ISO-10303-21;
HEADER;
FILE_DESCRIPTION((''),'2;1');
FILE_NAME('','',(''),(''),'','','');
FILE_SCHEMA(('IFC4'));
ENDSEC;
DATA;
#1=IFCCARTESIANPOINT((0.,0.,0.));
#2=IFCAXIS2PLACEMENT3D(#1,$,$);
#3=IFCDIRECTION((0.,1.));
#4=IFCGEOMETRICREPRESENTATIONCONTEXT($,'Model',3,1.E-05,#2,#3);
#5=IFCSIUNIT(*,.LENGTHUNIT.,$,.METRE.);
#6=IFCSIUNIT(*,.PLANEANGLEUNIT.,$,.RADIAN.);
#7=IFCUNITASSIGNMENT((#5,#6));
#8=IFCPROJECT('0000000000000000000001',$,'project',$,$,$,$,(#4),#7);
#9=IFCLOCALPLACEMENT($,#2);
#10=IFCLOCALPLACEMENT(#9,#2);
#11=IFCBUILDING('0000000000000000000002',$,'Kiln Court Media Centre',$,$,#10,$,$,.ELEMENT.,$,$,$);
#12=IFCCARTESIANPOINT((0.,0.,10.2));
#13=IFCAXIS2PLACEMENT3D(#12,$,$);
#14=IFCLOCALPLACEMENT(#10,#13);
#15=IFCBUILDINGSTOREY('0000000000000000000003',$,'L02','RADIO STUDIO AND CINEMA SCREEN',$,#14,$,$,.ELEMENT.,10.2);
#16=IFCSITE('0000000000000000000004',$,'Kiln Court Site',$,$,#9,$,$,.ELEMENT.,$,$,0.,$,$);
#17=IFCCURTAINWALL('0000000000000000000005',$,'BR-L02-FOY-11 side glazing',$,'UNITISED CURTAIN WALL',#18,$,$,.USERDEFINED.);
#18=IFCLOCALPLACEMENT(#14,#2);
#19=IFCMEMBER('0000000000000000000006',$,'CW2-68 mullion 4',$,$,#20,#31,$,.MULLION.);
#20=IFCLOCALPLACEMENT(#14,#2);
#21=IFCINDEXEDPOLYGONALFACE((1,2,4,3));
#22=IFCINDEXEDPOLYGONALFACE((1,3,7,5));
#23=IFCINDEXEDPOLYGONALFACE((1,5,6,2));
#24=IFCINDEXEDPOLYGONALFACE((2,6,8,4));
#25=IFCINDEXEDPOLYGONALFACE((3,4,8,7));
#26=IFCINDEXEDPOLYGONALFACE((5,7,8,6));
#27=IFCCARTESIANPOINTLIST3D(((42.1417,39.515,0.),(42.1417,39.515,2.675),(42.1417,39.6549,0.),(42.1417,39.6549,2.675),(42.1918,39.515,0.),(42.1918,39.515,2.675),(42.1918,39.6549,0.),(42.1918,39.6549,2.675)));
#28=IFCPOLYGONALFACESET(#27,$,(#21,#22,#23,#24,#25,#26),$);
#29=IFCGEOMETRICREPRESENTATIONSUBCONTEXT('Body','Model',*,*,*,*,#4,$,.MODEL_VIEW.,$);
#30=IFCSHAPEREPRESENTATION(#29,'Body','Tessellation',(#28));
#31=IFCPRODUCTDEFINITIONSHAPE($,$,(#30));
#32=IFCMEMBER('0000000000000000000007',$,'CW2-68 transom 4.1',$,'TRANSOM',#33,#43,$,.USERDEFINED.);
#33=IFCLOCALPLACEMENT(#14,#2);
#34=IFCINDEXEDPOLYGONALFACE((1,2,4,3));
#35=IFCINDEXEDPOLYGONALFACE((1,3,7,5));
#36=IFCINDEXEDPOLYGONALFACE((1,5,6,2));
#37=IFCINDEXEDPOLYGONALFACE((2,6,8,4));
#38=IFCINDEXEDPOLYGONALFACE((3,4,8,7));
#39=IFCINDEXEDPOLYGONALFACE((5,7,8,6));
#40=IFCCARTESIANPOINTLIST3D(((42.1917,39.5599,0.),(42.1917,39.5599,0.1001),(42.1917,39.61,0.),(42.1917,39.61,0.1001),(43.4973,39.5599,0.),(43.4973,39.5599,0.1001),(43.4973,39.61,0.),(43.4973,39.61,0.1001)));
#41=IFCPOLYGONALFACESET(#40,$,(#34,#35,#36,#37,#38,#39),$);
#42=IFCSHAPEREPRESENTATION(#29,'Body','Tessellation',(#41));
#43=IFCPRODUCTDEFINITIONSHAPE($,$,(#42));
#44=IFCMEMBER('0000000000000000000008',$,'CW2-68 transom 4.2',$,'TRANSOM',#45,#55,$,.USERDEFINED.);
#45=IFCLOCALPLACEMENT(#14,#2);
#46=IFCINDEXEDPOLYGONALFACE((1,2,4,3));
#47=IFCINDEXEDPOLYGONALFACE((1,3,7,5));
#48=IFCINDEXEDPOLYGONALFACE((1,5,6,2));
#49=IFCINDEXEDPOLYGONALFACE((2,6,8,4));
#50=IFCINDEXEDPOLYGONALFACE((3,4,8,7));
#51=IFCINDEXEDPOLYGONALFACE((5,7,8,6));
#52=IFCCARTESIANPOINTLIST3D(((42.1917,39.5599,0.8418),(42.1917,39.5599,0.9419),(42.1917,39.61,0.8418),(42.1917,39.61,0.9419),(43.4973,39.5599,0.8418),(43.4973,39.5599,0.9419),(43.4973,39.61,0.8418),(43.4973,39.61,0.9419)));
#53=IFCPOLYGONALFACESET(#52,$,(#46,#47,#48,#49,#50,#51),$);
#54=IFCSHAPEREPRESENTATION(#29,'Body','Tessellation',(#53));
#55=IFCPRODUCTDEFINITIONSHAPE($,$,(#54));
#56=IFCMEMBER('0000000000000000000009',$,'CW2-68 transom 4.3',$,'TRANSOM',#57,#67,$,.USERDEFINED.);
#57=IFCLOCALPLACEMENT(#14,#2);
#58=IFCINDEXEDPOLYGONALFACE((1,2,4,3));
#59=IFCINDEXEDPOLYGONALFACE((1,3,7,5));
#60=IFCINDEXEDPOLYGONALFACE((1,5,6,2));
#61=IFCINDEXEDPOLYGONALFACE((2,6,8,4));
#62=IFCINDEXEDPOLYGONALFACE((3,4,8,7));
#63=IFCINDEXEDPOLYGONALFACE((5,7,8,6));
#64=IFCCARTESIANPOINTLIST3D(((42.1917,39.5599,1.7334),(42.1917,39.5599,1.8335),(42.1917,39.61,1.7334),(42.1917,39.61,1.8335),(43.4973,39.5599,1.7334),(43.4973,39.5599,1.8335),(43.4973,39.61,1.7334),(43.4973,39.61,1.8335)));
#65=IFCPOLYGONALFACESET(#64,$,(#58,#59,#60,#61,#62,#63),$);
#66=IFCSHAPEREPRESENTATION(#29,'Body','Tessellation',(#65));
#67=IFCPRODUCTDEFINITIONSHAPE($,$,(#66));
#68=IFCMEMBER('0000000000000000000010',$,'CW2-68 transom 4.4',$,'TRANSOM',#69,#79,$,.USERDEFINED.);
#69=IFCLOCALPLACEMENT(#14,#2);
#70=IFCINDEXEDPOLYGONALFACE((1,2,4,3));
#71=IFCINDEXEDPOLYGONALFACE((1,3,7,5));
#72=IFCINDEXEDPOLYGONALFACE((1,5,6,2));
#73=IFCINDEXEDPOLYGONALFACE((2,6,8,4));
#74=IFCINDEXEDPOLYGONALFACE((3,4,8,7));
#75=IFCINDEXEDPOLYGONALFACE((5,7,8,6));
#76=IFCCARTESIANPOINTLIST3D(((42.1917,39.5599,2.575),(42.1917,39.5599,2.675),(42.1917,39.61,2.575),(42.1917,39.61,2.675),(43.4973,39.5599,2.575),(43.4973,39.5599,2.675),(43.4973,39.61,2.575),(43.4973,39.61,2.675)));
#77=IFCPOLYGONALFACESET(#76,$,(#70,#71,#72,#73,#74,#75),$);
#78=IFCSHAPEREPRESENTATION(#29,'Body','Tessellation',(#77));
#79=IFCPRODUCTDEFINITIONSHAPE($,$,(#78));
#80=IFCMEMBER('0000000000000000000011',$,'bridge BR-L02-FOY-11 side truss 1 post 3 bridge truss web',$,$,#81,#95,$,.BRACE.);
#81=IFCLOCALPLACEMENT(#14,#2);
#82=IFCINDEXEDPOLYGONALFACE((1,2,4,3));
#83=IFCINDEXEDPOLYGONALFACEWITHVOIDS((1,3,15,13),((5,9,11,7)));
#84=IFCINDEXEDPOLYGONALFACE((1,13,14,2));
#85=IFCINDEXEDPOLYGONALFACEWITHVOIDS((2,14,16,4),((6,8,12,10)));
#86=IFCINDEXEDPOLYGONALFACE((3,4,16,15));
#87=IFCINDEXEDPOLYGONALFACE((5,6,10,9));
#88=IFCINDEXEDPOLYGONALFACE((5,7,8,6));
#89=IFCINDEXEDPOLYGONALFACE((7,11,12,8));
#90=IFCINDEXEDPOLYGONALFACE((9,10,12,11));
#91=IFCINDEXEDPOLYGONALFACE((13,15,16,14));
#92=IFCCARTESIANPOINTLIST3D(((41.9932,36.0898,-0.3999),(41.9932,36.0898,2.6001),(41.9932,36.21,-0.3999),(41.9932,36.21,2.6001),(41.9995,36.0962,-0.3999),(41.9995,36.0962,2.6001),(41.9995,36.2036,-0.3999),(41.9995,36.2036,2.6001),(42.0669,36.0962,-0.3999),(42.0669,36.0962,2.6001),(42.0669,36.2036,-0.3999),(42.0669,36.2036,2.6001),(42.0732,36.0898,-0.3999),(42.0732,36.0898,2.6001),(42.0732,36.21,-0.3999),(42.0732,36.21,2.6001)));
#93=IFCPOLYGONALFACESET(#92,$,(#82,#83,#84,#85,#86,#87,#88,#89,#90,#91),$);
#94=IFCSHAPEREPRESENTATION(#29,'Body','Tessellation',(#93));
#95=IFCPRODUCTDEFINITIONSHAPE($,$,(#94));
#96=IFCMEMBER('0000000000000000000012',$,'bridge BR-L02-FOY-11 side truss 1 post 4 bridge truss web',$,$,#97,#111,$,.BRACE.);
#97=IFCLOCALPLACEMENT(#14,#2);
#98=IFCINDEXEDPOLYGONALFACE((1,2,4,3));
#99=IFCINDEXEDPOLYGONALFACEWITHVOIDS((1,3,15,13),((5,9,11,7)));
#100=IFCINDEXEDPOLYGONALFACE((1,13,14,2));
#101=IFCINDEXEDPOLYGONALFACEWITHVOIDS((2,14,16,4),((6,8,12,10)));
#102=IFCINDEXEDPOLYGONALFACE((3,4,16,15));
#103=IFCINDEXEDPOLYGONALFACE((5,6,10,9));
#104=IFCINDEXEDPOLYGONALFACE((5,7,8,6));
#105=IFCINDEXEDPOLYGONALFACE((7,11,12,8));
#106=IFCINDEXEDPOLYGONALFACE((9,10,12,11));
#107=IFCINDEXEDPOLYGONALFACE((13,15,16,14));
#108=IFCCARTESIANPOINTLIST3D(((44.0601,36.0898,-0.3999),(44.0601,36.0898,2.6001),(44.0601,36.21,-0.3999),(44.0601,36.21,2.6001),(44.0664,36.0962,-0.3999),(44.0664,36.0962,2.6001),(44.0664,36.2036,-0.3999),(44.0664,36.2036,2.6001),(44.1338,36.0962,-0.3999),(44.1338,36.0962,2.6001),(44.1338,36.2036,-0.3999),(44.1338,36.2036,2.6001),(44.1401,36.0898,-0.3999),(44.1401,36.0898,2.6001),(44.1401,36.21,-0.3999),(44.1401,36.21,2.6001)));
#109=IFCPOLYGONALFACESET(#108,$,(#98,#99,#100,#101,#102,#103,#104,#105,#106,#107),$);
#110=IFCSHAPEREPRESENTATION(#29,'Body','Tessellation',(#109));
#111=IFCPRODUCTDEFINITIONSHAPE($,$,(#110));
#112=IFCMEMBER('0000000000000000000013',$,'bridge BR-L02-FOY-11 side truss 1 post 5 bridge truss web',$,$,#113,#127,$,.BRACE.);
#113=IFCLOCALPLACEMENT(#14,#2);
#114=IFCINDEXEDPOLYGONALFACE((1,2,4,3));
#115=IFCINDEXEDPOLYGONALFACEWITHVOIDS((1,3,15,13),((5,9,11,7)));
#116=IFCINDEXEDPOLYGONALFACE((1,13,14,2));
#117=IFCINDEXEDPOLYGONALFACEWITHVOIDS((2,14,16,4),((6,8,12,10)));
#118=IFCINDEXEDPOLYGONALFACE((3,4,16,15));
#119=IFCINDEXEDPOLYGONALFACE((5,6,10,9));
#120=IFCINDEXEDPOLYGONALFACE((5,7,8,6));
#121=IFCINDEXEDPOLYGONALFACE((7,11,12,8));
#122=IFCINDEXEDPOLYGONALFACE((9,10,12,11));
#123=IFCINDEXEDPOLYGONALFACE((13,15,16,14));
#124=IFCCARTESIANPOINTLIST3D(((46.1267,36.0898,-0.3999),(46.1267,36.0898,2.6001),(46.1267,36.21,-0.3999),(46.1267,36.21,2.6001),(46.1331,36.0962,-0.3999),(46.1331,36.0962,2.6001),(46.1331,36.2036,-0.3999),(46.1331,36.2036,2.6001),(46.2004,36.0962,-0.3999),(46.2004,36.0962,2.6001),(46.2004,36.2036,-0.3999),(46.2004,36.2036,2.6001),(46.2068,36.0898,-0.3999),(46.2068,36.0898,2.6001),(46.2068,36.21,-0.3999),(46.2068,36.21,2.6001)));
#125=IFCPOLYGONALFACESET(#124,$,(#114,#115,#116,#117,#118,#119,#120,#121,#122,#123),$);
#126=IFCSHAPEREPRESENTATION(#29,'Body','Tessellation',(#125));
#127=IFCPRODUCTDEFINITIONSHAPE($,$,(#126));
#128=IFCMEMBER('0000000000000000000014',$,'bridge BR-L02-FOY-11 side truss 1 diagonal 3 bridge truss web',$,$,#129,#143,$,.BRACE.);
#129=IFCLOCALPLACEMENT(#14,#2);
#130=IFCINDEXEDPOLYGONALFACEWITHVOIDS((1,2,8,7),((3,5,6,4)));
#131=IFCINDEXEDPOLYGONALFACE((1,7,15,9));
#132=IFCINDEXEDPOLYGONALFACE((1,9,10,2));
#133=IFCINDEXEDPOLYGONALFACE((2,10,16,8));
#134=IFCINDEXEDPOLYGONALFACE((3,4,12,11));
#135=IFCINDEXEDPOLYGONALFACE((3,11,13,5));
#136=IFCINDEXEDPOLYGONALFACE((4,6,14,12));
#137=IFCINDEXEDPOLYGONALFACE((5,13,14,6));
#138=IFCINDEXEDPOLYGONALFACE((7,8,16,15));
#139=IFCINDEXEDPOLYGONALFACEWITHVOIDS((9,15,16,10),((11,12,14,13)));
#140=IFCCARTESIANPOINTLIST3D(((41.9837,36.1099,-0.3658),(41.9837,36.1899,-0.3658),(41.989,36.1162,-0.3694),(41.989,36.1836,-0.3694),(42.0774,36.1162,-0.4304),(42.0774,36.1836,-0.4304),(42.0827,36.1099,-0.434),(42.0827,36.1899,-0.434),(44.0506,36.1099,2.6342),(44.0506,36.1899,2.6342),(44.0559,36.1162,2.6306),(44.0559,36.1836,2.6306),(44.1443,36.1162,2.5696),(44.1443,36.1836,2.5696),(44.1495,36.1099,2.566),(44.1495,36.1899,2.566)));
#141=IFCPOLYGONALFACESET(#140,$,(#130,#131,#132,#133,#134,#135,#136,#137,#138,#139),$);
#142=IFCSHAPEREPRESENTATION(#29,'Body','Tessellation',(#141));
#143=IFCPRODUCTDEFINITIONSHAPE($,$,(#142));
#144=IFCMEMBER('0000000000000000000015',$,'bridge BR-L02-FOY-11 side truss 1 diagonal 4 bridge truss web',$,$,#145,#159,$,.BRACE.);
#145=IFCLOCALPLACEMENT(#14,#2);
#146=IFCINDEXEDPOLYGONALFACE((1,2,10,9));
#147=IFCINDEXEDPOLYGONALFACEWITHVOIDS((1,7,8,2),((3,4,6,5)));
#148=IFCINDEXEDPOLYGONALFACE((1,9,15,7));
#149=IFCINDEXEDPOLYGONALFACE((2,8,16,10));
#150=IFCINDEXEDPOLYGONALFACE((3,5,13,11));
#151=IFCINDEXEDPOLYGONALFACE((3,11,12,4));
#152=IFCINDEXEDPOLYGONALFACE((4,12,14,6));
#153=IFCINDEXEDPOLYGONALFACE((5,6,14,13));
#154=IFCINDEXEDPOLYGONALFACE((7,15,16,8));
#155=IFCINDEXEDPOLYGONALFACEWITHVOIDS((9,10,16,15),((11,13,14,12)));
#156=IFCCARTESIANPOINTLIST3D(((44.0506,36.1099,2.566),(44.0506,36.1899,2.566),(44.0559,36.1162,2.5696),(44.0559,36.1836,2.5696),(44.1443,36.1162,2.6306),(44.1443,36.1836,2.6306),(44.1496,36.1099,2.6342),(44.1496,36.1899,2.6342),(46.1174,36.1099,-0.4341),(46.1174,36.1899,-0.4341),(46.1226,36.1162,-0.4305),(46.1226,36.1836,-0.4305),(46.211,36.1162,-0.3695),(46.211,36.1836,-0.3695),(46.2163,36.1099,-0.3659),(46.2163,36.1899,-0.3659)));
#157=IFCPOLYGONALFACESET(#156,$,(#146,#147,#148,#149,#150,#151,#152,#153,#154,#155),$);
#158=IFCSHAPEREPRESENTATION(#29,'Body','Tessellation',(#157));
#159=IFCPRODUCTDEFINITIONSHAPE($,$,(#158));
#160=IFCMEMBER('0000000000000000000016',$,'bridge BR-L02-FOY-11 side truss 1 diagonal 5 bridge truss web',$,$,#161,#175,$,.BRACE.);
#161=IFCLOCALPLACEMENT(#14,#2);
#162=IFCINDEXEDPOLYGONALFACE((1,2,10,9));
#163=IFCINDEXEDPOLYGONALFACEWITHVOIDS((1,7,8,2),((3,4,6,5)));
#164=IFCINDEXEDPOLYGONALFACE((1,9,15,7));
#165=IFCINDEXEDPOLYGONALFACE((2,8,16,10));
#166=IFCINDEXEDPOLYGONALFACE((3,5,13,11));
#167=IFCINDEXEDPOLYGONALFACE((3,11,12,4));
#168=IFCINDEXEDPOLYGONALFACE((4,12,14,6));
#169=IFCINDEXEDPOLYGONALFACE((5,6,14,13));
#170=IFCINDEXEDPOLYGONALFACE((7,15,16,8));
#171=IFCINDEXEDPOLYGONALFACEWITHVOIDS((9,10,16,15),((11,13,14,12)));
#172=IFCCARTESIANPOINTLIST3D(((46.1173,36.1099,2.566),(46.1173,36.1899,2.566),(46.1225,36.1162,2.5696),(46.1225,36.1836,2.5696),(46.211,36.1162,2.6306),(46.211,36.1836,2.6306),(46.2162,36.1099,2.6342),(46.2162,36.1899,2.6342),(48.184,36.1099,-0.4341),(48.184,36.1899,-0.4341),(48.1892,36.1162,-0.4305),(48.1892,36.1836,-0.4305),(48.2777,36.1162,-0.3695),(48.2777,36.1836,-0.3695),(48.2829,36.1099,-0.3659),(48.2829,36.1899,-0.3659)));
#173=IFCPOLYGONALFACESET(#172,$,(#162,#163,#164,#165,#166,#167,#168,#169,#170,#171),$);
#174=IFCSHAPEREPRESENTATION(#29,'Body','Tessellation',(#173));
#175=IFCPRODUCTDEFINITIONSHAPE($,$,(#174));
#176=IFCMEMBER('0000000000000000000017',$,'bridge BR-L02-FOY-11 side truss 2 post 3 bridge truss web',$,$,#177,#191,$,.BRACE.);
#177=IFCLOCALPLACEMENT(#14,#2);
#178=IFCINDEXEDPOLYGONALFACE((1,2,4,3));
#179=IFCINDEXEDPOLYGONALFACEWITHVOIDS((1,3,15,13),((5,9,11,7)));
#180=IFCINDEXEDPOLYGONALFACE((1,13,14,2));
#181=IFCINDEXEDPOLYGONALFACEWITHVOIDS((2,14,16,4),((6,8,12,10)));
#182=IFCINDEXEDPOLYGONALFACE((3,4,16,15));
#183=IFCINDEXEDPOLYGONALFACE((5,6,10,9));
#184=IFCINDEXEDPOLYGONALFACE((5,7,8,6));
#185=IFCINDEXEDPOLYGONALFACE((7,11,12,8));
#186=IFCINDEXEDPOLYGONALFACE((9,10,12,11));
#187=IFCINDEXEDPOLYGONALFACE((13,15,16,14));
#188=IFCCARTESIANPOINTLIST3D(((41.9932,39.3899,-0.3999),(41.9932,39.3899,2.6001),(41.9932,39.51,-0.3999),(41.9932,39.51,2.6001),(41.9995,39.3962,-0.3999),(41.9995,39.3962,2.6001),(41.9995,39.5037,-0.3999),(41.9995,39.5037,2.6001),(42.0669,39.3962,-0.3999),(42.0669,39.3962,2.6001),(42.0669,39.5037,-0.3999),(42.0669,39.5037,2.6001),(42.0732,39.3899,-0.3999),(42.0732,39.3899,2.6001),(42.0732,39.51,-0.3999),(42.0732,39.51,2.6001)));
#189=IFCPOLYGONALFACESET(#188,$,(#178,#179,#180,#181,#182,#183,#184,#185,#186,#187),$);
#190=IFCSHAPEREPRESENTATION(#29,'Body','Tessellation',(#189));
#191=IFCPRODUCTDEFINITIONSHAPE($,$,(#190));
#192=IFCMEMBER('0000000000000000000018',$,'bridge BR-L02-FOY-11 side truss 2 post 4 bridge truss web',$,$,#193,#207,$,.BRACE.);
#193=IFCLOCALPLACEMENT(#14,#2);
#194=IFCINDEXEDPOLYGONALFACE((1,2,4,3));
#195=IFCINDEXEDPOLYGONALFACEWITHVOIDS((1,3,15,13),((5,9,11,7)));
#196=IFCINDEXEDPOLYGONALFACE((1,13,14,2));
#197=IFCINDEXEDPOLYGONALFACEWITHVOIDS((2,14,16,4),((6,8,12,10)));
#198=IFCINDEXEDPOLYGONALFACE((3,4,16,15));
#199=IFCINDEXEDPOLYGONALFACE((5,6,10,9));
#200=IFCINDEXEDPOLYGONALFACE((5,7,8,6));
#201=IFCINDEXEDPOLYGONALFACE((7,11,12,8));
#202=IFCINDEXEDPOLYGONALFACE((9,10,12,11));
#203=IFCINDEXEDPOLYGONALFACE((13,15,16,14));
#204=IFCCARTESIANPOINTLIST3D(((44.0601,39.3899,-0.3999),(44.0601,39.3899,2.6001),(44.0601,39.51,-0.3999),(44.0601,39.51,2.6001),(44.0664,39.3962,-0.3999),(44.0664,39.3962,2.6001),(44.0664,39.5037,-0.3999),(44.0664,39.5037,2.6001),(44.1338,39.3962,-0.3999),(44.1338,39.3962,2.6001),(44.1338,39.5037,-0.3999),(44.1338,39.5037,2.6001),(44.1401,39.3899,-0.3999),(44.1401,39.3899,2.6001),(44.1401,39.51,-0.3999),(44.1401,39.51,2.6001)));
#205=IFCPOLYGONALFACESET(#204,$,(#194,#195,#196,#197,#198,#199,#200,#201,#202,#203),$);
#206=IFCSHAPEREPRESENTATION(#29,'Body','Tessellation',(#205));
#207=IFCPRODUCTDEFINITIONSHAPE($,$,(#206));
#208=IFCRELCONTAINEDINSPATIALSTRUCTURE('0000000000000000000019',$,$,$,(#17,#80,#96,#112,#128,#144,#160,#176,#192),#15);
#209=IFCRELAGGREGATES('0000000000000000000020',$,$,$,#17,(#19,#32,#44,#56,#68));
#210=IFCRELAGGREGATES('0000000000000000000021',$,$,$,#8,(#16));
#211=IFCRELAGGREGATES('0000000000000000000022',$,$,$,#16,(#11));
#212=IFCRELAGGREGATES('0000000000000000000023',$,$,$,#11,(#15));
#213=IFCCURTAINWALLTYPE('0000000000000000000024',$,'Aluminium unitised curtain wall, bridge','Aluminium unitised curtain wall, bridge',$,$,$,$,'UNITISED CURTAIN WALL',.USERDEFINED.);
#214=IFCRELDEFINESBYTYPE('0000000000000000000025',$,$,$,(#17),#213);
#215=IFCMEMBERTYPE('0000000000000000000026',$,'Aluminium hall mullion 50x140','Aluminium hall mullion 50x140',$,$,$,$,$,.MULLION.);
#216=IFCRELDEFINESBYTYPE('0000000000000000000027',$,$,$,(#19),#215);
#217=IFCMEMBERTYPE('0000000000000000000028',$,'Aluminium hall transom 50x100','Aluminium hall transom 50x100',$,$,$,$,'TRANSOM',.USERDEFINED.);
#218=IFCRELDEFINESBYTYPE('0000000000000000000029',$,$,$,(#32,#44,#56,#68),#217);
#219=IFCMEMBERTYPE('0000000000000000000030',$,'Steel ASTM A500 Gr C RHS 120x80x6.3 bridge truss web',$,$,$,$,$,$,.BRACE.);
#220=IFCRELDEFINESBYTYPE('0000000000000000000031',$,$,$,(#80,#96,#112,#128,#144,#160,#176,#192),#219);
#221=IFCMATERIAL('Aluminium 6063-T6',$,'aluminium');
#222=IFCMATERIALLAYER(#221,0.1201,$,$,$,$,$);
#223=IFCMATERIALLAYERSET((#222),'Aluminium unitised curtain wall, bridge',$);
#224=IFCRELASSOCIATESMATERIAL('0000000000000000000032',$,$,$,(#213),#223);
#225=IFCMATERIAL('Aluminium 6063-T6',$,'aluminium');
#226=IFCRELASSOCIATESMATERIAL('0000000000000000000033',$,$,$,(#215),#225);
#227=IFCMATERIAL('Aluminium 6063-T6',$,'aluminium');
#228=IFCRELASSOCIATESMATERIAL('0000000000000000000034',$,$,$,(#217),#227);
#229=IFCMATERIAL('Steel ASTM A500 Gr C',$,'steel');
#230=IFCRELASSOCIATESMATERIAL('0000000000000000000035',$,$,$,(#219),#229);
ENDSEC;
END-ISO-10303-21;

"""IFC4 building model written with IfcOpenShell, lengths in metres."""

from ifc_helpers import new_model, si_unit, direction, frame, origin, origin_2d, place, context, subcontext, project, spatial, rectangle, hollow_rectangle, extrude, material, layer, layer_set, material_profile, profile_set, type_object, element, aggregate, save


model = new_model("IFC4")

# Units and contexts
model_context = context("Model", 3, precision=1e-05, world=origin(), true_north=direction((0.0, 1.0)))
body_context = subcontext(model_context, "Body", "Model", "MODEL_VIEW")
ifc_project = project(units=[si_unit("LENGTHUNIT", "METRE"), si_unit("PLANEANGLEUNIT", "RADIAN")], contexts=[model_context])

# Site, building, storey
site_placement = place(None, origin())
site = spatial("IfcSite", under=ifc_project, at=site_placement, Name="Kiln Court Site", CompositionType="ELEMENT", RefElevation=0.0)
building_placement = place(site_placement, origin())
building = spatial("IfcBuilding", under=site, at=building_placement, Name="Kiln Court Media Centre", CompositionType="ELEMENT")
storey_placement = place(building_placement, frame((0.0, 0.0, 10.2)))
storey = spatial("IfcBuildingStorey", under=building, at=storey_placement, Name="L02", Description="RADIO STUDIO AND CINEMA SCREEN", CompositionType="ELEMENT", Elevation=10.2)

# Curtain wall, members
ifc_material_1 = material(Name="Aluminium 6063-T6", Category="aluminium")
ifc_layer_1 = layer(ifc_material_1, 0.1201)
ifc_layer_set_1 = layer_set([ifc_layer_1], Name="Aluminium unitised curtain wall, bridge")
curtain_wall_type = type_object("IfcCurtainWallType", Name="Aluminium unitised curtain wall, bridge", Description="Aluminium unitised curtain wall, bridge", ElementType="UNITISED CURTAIN WALL", PredefinedType="USERDEFINED", material=ifc_layer_set_1)
curtain_wall_placement = place(storey_placement, origin())
curtain_wall = element("IfcCurtainWall", 1, at=curtain_wall_placement, inside=storey, type_object=curtain_wall_type, Name="BR-L02-FOY-11 side glazing", ObjectType="UNITISED CURTAIN WALL", PredefinedType="USERDEFINED")
ifc_material_2 = material(Name="Aluminium 6063-T6", Category="aluminium")
ifc_material_profile_1 = material_profile(ifc_material_2, rectangle(XDim=0.05, YDim=0.1399, at=origin_2d()), Name="Aluminium hall mullion 50x140")
ifc_profile_set_1 = profile_set([ifc_material_profile_1], Name="Aluminium 6063-T6")
member_type_1 = type_object("IfcMemberType", Name="Aluminium hall mullion 50x140", Description="Aluminium hall mullion 50x140", PredefinedType="MULLION", material=ifc_profile_set_1)
member_1_placement = place(storey_placement, frame((42.1667, 39.585, 0.0), z_axis=(0.0, 0.0, 1.0), x_axis=(1.0, 0.0, 0.0)))
member_1 = element("IfcMember", 2, at=member_1_placement, type_object=member_type_1, Name="CW2-68 mullion 4", PredefinedType="MULLION", context=body_context, shape_type="SweptSolid", body=[
    extrude(rectangle(XDim=0.05, YDim=0.1399, at=origin_2d()), origin(), (0.0, 0.0, 1.0), 2.675),
])
ifc_material_3 = material(Name="Aluminium 6063-T6", Category="aluminium")
ifc_material_profile_2 = material_profile(ifc_material_3, rectangle(XDim=0.05, YDim=0.1001, at=origin_2d()), Name="Aluminium hall transom 50x100")
ifc_profile_set_2 = profile_set([ifc_material_profile_2], Name="Aluminium 6063-T6")
member_type_2 = type_object("IfcMemberType", Name="Aluminium hall transom 50x100", Description="Aluminium hall transom 50x100", ElementType="TRANSOM", PredefinedType="USERDEFINED", material=ifc_profile_set_2)
member_2_placement = place(storey_placement, frame((42.1917, 39.585, 0.05), z_axis=(1.0, 0.0, 0.0), x_axis=(0.0, 1.0, 0.0)))
member_2 = element("IfcMember", 3, at=member_2_placement, type_object=member_type_2, Name="CW2-68 transom 4.1", ObjectType="TRANSOM", PredefinedType="USERDEFINED", context=body_context, shape_type="SweptSolid", body=[
    extrude(rectangle(XDim=0.05, YDim=0.1001, at=origin_2d()), origin(), (0.0, 0.0, 1.0), 1.3057),
])
member_3_placement = place(storey_placement, frame((42.1917, 39.585, 0.8918), z_axis=(1.0, 0.0, 0.0), x_axis=(0.0, 1.0, 0.0)))
member_3 = element("IfcMember", 4, at=member_3_placement, type_object=member_type_2, Name="CW2-68 transom 4.2", ObjectType="TRANSOM", PredefinedType="USERDEFINED", context=body_context, shape_type="SweptSolid", body=[
    extrude(rectangle(XDim=0.05, YDim=0.1001, at=origin_2d()), origin(), (0.0, 0.0, 1.0), 1.3057),
])
member_4_placement = place(storey_placement, frame((42.1917, 39.585, 1.7834), z_axis=(1.0, 0.0, 0.0), x_axis=(0.0, 1.0, 0.0)))
member_4 = element("IfcMember", 5, at=member_4_placement, type_object=member_type_2, Name="CW2-68 transom 4.3", ObjectType="TRANSOM", PredefinedType="USERDEFINED", context=body_context, shape_type="SweptSolid", body=[
    extrude(rectangle(XDim=0.05, YDim=0.1001, at=origin_2d()), origin(), (0.0, 0.0, 1.0), 1.3057),
])
member_5_placement = place(storey_placement, frame((42.1917, 39.585, 2.625), z_axis=(1.0, 0.0, 0.0), x_axis=(0.0, 1.0, 0.0)))
member_5 = element("IfcMember", 6, at=member_5_placement, type_object=member_type_2, Name="CW2-68 transom 4.4", ObjectType="TRANSOM", PredefinedType="USERDEFINED", context=body_context, shape_type="SweptSolid", body=[
    extrude(rectangle(XDim=0.05, YDim=0.1001, at=origin_2d()), origin(), (0.0, 0.0, 1.0), 1.3057),
])

# Members
ifc_material_4 = material(Name="Steel ASTM A500 Gr C", Category="steel")
ifc_material_profile_3 = material_profile(ifc_material_4, hollow_rectangle(XDim=0.0801, YDim=0.1201, WallThickness=0.0063, at=origin_2d()), Name="RHS 120x80x6.3")
ifc_profile_set_3 = profile_set([ifc_material_profile_3], Name="Steel ASTM A500 Gr C")
member_type_3 = type_object("IfcMemberType", Name="Steel ASTM A500 Gr C RHS 120x80x6.3 bridge truss web", PredefinedType="BRACE", material=ifc_profile_set_3)
for number, where, z_axis, x_axis, name in (
    (7, (42.0332, 36.1499, -0.3999), (0.0, 0.0, 1.0), (1.0, 0.0, 0.0), "bridge BR-L02-FOY-11 side truss 1 post 3 bridge truss web"),
    (8, (44.1001, 36.1499, -0.3999), (0.0, 0.0, 1.0), (1.0, 0.0, 0.0), "bridge BR-L02-FOY-11 side truss 1 post 4 bridge truss web"),
    (9, (46.1667, 36.1499, -0.3999), (0.0, 0.0, 1.0), (1.0, 0.0, 0.0), "bridge BR-L02-FOY-11 side truss 1 post 5 bridge truss web"),
):
    element("IfcMember", number, at=place(storey_placement, frame(where, z_axis=z_axis, x_axis=x_axis)), inside=storey, type_object=member_type_3, Name=name, PredefinedType="BRACE", context=body_context, shape_type="SweptSolid", body=[
        extrude(hollow_rectangle(XDim=0.0801, YDim=0.1201, WallThickness=0.0063, at=origin_2d()), origin(), (0.0, 0.0, 1.0), 3.0),
    ])
for number, where, z_axis, x_axis, name in (
    (10, (42.0332, 36.1499, -0.3999), (0.567348, 0.0, 0.823478), (0.0, 1.0, 0.0), "bridge BR-L02-FOY-11 side truss 1 diagonal 3 bridge truss web"),
    (11, (44.1001, 36.1499, 2.6001), (0.567302, 0.0, -0.82351), (0.0, 1.0, 0.0), "bridge BR-L02-FOY-11 side truss 1 diagonal 4 bridge truss web"),
    (12, (46.1667, 36.1499, 2.6001), (0.567302, 0.0, -0.82351), (0.0, 1.0, 0.0), "bridge BR-L02-FOY-11 side truss 1 diagonal 5 bridge truss web"),
):
    element("IfcMember", number, at=place(storey_placement, frame(where, z_axis=z_axis, x_axis=x_axis)), inside=storey, type_object=member_type_3, Name=name, PredefinedType="BRACE", context=body_context, shape_type="SweptSolid", body=[
        extrude(hollow_rectangle(XDim=0.0801, YDim=0.1201, WallThickness=0.0063, at=origin_2d()), origin(), (0.0, 0.0, 1.0), 3.6431),
    ])
for number, where, z_axis, x_axis, name in (
    (13, (42.0332, 39.45, -0.3999), (0.0, 0.0, 1.0), (1.0, 0.0, 0.0), "bridge BR-L02-FOY-11 side truss 2 post 3 bridge truss web"),
    (14, (44.1001, 39.45, -0.3999), (0.0, 0.0, 1.0), (1.0, 0.0, 0.0), "bridge BR-L02-FOY-11 side truss 2 post 4 bridge truss web"),
):
    element("IfcMember", number, at=place(storey_placement, frame(where, z_axis=z_axis, x_axis=x_axis)), inside=storey, type_object=member_type_3, Name=name, PredefinedType="BRACE", context=body_context, shape_type="SweptSolid", body=[
        extrude(hollow_rectangle(XDim=0.0801, YDim=0.1201, WallThickness=0.0063, at=origin_2d()), origin(), (0.0, 0.0, 1.0), 3.0),
    ])

aggregate(curtain_wall, [member_1, member_2, member_3, member_4, member_5])

save(model, "model.ifc")
